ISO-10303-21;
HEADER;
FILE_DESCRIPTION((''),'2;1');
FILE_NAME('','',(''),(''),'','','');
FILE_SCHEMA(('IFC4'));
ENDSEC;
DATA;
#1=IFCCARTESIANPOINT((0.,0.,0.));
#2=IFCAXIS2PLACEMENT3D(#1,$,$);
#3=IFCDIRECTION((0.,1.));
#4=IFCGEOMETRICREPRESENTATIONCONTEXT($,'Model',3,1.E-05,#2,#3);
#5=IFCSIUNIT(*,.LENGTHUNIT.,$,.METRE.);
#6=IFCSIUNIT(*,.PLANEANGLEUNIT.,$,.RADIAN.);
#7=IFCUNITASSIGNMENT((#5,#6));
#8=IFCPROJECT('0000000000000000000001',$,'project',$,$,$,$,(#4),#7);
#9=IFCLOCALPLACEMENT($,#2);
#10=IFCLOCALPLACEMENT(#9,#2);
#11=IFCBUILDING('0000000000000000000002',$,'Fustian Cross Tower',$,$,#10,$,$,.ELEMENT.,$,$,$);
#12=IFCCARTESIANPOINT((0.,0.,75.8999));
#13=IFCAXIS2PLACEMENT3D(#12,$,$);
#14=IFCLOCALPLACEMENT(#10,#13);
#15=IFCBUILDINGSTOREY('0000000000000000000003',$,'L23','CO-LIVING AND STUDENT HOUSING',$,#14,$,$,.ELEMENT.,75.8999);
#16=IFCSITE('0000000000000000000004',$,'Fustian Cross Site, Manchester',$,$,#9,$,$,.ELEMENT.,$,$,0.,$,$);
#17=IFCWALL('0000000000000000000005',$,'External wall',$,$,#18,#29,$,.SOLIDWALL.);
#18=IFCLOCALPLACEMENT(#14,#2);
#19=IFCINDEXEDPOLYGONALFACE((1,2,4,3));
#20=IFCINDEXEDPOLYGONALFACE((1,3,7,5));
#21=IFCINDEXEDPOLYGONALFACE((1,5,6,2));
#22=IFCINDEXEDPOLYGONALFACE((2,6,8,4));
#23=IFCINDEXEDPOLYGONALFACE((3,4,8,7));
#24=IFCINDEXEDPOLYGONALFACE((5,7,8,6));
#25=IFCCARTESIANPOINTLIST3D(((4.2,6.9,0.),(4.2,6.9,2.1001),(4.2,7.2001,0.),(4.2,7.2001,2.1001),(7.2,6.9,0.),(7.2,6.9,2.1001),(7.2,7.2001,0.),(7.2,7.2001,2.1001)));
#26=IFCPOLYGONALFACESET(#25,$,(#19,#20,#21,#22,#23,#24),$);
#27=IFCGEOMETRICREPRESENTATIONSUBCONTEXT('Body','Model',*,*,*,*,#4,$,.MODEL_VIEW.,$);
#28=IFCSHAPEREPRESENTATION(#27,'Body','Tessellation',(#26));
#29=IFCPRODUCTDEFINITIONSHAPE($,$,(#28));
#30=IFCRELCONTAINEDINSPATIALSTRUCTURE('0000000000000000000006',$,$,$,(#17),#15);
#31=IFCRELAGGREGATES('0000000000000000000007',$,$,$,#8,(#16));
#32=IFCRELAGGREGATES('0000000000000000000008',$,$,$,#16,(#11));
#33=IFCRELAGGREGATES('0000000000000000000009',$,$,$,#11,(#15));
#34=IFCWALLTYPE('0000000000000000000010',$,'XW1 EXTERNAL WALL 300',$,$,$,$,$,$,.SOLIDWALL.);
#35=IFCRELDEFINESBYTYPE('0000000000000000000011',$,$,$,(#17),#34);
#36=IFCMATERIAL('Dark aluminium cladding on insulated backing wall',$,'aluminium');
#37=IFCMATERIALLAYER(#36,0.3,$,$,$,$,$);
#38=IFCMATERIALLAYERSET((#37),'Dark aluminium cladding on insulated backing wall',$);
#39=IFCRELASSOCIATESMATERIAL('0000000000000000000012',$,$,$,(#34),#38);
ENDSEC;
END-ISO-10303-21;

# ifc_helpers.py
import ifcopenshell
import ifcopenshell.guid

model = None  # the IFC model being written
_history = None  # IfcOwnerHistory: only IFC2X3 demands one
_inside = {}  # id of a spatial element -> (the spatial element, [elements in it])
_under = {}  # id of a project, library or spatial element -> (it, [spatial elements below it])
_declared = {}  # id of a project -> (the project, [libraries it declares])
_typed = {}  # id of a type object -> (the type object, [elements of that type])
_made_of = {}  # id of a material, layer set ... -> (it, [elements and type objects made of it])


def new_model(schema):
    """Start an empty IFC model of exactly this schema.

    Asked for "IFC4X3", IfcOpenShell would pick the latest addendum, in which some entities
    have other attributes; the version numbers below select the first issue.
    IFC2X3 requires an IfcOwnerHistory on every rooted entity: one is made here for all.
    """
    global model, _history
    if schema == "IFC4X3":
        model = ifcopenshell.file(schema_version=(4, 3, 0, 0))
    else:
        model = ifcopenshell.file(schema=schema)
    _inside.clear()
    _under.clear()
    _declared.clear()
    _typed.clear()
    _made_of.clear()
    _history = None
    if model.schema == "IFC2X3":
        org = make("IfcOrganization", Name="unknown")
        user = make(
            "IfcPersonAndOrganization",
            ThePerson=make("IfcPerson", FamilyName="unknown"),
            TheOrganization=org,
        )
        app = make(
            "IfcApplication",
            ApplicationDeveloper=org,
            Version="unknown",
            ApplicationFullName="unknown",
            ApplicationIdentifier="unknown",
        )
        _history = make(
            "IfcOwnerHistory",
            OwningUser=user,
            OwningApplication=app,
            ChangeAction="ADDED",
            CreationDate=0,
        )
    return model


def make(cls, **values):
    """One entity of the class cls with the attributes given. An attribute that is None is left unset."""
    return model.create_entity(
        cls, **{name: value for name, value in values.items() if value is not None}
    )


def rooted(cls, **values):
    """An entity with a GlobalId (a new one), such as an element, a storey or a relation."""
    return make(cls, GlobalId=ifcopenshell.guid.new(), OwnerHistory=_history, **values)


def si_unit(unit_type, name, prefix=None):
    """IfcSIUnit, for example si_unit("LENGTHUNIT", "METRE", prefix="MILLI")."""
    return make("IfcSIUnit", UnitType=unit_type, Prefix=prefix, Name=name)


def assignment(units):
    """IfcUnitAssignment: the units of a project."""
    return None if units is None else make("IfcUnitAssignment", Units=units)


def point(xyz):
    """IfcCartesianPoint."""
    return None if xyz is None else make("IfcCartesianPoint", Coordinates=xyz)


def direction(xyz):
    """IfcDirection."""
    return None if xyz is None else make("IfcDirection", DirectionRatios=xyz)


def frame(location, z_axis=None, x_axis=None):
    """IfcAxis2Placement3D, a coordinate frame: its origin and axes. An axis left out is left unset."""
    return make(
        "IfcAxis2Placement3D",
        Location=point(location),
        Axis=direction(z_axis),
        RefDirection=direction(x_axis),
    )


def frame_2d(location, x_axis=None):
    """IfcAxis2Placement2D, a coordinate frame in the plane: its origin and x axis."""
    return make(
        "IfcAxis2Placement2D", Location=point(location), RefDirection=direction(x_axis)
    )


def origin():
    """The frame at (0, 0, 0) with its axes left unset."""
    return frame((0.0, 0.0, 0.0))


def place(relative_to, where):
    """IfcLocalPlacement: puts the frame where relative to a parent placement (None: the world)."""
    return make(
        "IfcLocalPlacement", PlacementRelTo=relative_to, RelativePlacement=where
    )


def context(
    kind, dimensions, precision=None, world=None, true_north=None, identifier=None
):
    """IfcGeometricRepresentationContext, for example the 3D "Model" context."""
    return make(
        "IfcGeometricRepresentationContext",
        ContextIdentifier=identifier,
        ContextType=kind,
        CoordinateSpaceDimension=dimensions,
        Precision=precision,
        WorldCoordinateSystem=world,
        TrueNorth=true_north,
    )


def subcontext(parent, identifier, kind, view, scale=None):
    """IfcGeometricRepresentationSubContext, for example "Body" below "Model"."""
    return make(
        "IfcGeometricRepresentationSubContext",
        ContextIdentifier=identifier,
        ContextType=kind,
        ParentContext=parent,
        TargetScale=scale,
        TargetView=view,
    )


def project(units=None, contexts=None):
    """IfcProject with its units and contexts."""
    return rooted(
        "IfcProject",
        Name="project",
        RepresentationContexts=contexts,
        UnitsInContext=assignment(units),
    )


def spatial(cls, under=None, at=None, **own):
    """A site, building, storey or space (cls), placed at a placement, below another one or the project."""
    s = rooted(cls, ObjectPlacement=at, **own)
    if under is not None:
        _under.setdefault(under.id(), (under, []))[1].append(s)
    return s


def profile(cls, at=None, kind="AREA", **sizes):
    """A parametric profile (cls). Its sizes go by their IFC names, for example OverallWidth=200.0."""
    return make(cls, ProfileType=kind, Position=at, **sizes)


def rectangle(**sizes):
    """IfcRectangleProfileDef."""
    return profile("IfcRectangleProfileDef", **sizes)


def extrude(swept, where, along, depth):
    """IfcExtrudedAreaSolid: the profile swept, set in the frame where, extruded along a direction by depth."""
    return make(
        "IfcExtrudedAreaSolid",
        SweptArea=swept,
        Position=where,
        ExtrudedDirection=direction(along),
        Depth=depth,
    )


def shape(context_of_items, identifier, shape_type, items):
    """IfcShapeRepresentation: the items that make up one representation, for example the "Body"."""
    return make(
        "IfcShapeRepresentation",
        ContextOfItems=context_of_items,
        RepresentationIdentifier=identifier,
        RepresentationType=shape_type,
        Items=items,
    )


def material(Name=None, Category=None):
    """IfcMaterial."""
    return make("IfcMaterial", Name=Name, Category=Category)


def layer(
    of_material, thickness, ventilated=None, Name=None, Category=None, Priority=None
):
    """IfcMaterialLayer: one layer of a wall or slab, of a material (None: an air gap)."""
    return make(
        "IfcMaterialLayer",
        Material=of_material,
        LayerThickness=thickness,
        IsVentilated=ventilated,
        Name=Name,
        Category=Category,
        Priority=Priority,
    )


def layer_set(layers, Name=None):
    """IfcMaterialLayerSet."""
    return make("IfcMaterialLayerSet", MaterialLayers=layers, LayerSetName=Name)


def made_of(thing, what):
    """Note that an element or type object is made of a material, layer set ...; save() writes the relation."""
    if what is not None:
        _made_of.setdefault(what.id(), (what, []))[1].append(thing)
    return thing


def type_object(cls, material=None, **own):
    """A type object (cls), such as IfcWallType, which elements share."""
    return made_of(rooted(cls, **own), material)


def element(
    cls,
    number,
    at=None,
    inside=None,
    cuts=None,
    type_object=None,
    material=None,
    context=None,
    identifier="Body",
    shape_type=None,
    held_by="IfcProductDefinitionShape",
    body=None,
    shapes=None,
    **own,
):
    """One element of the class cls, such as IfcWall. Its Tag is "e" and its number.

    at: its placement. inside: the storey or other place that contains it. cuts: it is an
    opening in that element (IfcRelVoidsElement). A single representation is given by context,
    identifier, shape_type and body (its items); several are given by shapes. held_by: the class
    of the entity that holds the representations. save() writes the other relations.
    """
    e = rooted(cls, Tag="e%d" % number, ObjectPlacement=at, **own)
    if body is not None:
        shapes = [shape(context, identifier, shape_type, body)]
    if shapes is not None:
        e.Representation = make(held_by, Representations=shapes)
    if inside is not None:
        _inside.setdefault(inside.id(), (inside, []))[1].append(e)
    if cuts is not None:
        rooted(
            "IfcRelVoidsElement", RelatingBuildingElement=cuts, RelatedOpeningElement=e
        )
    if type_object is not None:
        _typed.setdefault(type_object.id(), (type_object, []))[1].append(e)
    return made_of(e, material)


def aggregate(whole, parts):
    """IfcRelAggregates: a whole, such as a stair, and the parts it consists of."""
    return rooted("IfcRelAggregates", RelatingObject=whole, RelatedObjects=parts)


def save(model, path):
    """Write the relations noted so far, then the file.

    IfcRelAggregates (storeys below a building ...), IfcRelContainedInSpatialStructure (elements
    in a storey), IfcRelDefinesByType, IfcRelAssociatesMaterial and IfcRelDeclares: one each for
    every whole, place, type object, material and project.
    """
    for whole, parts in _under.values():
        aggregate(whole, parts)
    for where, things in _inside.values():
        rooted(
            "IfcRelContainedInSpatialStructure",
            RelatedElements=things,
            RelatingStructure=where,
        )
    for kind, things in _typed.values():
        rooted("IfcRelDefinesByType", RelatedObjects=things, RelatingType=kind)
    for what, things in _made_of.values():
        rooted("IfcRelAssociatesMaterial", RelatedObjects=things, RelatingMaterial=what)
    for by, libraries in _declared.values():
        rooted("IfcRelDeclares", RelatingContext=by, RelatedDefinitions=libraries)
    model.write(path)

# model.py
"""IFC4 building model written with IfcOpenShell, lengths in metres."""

from ifc_helpers import new_model, si_unit, direction, frame, frame_2d, origin, place, context, subcontext, project, spatial, rectangle, extrude, material, layer, layer_set, type_object, element, save


model = new_model("IFC4")

# Units and contexts
model_context = context("Model", 3, precision=1e-05, world=origin(), true_north=direction((0.0, 1.0)))
body_context = subcontext(model_context, "Body", "Model", "MODEL_VIEW")
ifc_project = project(units=[si_unit("LENGTHUNIT", "METRE"), si_unit("PLANEANGLEUNIT", "RADIAN")], contexts=[model_context])

# Site, building, storey
site_placement = place(None, origin())
site = spatial("IfcSite", under=ifc_project, at=site_placement, Name="Fustian Cross Site, Manchester", CompositionType="ELEMENT", RefElevation=0.0)
building_placement = place(site_placement, origin())
building = spatial("IfcBuilding", under=site, at=building_placement, Name="Fustian Cross Tower", CompositionType="ELEMENT")
storey_placement = place(building_placement, frame((0.0, 0.0, 75.8999)))
storey = spatial("IfcBuildingStorey", under=building, at=storey_placement, Name="L23", Description="CO-LIVING AND STUDENT HOUSING", CompositionType="ELEMENT", Elevation=75.8999)

# Wall
ifc_material_1 = material(Name="Dark aluminium cladding on insulated backing wall", Category="aluminium")
ifc_layer_1 = layer(ifc_material_1, 0.3)
ifc_layer_set_1 = layer_set([ifc_layer_1], Name="Dark aluminium cladding on insulated backing wall")
wall_type_1 = type_object("IfcWallType", Name="XW1 EXTERNAL WALL 300", PredefinedType="SOLIDWALL", material=ifc_layer_set_1)
wall_1_placement = place(storey_placement, frame((7.2, 7.05, 0.0), z_axis=(0.0, 0.0, 1.0), x_axis=(-1.0, 0.0, 0.0)))
element("IfcWall", 1, at=wall_1_placement, inside=storey, type_object=wall_type_1, Name="External wall", PredefinedType="SOLIDWALL", context=body_context, shape_type="SweptSolid", body=[
    extrude(rectangle(XDim=3.0, YDim=0.3, at=frame_2d((1.5, 0.0))), origin(), (0.0, 0.0, 1.0), 2.1001),
])

save(model, "model.ifc")
